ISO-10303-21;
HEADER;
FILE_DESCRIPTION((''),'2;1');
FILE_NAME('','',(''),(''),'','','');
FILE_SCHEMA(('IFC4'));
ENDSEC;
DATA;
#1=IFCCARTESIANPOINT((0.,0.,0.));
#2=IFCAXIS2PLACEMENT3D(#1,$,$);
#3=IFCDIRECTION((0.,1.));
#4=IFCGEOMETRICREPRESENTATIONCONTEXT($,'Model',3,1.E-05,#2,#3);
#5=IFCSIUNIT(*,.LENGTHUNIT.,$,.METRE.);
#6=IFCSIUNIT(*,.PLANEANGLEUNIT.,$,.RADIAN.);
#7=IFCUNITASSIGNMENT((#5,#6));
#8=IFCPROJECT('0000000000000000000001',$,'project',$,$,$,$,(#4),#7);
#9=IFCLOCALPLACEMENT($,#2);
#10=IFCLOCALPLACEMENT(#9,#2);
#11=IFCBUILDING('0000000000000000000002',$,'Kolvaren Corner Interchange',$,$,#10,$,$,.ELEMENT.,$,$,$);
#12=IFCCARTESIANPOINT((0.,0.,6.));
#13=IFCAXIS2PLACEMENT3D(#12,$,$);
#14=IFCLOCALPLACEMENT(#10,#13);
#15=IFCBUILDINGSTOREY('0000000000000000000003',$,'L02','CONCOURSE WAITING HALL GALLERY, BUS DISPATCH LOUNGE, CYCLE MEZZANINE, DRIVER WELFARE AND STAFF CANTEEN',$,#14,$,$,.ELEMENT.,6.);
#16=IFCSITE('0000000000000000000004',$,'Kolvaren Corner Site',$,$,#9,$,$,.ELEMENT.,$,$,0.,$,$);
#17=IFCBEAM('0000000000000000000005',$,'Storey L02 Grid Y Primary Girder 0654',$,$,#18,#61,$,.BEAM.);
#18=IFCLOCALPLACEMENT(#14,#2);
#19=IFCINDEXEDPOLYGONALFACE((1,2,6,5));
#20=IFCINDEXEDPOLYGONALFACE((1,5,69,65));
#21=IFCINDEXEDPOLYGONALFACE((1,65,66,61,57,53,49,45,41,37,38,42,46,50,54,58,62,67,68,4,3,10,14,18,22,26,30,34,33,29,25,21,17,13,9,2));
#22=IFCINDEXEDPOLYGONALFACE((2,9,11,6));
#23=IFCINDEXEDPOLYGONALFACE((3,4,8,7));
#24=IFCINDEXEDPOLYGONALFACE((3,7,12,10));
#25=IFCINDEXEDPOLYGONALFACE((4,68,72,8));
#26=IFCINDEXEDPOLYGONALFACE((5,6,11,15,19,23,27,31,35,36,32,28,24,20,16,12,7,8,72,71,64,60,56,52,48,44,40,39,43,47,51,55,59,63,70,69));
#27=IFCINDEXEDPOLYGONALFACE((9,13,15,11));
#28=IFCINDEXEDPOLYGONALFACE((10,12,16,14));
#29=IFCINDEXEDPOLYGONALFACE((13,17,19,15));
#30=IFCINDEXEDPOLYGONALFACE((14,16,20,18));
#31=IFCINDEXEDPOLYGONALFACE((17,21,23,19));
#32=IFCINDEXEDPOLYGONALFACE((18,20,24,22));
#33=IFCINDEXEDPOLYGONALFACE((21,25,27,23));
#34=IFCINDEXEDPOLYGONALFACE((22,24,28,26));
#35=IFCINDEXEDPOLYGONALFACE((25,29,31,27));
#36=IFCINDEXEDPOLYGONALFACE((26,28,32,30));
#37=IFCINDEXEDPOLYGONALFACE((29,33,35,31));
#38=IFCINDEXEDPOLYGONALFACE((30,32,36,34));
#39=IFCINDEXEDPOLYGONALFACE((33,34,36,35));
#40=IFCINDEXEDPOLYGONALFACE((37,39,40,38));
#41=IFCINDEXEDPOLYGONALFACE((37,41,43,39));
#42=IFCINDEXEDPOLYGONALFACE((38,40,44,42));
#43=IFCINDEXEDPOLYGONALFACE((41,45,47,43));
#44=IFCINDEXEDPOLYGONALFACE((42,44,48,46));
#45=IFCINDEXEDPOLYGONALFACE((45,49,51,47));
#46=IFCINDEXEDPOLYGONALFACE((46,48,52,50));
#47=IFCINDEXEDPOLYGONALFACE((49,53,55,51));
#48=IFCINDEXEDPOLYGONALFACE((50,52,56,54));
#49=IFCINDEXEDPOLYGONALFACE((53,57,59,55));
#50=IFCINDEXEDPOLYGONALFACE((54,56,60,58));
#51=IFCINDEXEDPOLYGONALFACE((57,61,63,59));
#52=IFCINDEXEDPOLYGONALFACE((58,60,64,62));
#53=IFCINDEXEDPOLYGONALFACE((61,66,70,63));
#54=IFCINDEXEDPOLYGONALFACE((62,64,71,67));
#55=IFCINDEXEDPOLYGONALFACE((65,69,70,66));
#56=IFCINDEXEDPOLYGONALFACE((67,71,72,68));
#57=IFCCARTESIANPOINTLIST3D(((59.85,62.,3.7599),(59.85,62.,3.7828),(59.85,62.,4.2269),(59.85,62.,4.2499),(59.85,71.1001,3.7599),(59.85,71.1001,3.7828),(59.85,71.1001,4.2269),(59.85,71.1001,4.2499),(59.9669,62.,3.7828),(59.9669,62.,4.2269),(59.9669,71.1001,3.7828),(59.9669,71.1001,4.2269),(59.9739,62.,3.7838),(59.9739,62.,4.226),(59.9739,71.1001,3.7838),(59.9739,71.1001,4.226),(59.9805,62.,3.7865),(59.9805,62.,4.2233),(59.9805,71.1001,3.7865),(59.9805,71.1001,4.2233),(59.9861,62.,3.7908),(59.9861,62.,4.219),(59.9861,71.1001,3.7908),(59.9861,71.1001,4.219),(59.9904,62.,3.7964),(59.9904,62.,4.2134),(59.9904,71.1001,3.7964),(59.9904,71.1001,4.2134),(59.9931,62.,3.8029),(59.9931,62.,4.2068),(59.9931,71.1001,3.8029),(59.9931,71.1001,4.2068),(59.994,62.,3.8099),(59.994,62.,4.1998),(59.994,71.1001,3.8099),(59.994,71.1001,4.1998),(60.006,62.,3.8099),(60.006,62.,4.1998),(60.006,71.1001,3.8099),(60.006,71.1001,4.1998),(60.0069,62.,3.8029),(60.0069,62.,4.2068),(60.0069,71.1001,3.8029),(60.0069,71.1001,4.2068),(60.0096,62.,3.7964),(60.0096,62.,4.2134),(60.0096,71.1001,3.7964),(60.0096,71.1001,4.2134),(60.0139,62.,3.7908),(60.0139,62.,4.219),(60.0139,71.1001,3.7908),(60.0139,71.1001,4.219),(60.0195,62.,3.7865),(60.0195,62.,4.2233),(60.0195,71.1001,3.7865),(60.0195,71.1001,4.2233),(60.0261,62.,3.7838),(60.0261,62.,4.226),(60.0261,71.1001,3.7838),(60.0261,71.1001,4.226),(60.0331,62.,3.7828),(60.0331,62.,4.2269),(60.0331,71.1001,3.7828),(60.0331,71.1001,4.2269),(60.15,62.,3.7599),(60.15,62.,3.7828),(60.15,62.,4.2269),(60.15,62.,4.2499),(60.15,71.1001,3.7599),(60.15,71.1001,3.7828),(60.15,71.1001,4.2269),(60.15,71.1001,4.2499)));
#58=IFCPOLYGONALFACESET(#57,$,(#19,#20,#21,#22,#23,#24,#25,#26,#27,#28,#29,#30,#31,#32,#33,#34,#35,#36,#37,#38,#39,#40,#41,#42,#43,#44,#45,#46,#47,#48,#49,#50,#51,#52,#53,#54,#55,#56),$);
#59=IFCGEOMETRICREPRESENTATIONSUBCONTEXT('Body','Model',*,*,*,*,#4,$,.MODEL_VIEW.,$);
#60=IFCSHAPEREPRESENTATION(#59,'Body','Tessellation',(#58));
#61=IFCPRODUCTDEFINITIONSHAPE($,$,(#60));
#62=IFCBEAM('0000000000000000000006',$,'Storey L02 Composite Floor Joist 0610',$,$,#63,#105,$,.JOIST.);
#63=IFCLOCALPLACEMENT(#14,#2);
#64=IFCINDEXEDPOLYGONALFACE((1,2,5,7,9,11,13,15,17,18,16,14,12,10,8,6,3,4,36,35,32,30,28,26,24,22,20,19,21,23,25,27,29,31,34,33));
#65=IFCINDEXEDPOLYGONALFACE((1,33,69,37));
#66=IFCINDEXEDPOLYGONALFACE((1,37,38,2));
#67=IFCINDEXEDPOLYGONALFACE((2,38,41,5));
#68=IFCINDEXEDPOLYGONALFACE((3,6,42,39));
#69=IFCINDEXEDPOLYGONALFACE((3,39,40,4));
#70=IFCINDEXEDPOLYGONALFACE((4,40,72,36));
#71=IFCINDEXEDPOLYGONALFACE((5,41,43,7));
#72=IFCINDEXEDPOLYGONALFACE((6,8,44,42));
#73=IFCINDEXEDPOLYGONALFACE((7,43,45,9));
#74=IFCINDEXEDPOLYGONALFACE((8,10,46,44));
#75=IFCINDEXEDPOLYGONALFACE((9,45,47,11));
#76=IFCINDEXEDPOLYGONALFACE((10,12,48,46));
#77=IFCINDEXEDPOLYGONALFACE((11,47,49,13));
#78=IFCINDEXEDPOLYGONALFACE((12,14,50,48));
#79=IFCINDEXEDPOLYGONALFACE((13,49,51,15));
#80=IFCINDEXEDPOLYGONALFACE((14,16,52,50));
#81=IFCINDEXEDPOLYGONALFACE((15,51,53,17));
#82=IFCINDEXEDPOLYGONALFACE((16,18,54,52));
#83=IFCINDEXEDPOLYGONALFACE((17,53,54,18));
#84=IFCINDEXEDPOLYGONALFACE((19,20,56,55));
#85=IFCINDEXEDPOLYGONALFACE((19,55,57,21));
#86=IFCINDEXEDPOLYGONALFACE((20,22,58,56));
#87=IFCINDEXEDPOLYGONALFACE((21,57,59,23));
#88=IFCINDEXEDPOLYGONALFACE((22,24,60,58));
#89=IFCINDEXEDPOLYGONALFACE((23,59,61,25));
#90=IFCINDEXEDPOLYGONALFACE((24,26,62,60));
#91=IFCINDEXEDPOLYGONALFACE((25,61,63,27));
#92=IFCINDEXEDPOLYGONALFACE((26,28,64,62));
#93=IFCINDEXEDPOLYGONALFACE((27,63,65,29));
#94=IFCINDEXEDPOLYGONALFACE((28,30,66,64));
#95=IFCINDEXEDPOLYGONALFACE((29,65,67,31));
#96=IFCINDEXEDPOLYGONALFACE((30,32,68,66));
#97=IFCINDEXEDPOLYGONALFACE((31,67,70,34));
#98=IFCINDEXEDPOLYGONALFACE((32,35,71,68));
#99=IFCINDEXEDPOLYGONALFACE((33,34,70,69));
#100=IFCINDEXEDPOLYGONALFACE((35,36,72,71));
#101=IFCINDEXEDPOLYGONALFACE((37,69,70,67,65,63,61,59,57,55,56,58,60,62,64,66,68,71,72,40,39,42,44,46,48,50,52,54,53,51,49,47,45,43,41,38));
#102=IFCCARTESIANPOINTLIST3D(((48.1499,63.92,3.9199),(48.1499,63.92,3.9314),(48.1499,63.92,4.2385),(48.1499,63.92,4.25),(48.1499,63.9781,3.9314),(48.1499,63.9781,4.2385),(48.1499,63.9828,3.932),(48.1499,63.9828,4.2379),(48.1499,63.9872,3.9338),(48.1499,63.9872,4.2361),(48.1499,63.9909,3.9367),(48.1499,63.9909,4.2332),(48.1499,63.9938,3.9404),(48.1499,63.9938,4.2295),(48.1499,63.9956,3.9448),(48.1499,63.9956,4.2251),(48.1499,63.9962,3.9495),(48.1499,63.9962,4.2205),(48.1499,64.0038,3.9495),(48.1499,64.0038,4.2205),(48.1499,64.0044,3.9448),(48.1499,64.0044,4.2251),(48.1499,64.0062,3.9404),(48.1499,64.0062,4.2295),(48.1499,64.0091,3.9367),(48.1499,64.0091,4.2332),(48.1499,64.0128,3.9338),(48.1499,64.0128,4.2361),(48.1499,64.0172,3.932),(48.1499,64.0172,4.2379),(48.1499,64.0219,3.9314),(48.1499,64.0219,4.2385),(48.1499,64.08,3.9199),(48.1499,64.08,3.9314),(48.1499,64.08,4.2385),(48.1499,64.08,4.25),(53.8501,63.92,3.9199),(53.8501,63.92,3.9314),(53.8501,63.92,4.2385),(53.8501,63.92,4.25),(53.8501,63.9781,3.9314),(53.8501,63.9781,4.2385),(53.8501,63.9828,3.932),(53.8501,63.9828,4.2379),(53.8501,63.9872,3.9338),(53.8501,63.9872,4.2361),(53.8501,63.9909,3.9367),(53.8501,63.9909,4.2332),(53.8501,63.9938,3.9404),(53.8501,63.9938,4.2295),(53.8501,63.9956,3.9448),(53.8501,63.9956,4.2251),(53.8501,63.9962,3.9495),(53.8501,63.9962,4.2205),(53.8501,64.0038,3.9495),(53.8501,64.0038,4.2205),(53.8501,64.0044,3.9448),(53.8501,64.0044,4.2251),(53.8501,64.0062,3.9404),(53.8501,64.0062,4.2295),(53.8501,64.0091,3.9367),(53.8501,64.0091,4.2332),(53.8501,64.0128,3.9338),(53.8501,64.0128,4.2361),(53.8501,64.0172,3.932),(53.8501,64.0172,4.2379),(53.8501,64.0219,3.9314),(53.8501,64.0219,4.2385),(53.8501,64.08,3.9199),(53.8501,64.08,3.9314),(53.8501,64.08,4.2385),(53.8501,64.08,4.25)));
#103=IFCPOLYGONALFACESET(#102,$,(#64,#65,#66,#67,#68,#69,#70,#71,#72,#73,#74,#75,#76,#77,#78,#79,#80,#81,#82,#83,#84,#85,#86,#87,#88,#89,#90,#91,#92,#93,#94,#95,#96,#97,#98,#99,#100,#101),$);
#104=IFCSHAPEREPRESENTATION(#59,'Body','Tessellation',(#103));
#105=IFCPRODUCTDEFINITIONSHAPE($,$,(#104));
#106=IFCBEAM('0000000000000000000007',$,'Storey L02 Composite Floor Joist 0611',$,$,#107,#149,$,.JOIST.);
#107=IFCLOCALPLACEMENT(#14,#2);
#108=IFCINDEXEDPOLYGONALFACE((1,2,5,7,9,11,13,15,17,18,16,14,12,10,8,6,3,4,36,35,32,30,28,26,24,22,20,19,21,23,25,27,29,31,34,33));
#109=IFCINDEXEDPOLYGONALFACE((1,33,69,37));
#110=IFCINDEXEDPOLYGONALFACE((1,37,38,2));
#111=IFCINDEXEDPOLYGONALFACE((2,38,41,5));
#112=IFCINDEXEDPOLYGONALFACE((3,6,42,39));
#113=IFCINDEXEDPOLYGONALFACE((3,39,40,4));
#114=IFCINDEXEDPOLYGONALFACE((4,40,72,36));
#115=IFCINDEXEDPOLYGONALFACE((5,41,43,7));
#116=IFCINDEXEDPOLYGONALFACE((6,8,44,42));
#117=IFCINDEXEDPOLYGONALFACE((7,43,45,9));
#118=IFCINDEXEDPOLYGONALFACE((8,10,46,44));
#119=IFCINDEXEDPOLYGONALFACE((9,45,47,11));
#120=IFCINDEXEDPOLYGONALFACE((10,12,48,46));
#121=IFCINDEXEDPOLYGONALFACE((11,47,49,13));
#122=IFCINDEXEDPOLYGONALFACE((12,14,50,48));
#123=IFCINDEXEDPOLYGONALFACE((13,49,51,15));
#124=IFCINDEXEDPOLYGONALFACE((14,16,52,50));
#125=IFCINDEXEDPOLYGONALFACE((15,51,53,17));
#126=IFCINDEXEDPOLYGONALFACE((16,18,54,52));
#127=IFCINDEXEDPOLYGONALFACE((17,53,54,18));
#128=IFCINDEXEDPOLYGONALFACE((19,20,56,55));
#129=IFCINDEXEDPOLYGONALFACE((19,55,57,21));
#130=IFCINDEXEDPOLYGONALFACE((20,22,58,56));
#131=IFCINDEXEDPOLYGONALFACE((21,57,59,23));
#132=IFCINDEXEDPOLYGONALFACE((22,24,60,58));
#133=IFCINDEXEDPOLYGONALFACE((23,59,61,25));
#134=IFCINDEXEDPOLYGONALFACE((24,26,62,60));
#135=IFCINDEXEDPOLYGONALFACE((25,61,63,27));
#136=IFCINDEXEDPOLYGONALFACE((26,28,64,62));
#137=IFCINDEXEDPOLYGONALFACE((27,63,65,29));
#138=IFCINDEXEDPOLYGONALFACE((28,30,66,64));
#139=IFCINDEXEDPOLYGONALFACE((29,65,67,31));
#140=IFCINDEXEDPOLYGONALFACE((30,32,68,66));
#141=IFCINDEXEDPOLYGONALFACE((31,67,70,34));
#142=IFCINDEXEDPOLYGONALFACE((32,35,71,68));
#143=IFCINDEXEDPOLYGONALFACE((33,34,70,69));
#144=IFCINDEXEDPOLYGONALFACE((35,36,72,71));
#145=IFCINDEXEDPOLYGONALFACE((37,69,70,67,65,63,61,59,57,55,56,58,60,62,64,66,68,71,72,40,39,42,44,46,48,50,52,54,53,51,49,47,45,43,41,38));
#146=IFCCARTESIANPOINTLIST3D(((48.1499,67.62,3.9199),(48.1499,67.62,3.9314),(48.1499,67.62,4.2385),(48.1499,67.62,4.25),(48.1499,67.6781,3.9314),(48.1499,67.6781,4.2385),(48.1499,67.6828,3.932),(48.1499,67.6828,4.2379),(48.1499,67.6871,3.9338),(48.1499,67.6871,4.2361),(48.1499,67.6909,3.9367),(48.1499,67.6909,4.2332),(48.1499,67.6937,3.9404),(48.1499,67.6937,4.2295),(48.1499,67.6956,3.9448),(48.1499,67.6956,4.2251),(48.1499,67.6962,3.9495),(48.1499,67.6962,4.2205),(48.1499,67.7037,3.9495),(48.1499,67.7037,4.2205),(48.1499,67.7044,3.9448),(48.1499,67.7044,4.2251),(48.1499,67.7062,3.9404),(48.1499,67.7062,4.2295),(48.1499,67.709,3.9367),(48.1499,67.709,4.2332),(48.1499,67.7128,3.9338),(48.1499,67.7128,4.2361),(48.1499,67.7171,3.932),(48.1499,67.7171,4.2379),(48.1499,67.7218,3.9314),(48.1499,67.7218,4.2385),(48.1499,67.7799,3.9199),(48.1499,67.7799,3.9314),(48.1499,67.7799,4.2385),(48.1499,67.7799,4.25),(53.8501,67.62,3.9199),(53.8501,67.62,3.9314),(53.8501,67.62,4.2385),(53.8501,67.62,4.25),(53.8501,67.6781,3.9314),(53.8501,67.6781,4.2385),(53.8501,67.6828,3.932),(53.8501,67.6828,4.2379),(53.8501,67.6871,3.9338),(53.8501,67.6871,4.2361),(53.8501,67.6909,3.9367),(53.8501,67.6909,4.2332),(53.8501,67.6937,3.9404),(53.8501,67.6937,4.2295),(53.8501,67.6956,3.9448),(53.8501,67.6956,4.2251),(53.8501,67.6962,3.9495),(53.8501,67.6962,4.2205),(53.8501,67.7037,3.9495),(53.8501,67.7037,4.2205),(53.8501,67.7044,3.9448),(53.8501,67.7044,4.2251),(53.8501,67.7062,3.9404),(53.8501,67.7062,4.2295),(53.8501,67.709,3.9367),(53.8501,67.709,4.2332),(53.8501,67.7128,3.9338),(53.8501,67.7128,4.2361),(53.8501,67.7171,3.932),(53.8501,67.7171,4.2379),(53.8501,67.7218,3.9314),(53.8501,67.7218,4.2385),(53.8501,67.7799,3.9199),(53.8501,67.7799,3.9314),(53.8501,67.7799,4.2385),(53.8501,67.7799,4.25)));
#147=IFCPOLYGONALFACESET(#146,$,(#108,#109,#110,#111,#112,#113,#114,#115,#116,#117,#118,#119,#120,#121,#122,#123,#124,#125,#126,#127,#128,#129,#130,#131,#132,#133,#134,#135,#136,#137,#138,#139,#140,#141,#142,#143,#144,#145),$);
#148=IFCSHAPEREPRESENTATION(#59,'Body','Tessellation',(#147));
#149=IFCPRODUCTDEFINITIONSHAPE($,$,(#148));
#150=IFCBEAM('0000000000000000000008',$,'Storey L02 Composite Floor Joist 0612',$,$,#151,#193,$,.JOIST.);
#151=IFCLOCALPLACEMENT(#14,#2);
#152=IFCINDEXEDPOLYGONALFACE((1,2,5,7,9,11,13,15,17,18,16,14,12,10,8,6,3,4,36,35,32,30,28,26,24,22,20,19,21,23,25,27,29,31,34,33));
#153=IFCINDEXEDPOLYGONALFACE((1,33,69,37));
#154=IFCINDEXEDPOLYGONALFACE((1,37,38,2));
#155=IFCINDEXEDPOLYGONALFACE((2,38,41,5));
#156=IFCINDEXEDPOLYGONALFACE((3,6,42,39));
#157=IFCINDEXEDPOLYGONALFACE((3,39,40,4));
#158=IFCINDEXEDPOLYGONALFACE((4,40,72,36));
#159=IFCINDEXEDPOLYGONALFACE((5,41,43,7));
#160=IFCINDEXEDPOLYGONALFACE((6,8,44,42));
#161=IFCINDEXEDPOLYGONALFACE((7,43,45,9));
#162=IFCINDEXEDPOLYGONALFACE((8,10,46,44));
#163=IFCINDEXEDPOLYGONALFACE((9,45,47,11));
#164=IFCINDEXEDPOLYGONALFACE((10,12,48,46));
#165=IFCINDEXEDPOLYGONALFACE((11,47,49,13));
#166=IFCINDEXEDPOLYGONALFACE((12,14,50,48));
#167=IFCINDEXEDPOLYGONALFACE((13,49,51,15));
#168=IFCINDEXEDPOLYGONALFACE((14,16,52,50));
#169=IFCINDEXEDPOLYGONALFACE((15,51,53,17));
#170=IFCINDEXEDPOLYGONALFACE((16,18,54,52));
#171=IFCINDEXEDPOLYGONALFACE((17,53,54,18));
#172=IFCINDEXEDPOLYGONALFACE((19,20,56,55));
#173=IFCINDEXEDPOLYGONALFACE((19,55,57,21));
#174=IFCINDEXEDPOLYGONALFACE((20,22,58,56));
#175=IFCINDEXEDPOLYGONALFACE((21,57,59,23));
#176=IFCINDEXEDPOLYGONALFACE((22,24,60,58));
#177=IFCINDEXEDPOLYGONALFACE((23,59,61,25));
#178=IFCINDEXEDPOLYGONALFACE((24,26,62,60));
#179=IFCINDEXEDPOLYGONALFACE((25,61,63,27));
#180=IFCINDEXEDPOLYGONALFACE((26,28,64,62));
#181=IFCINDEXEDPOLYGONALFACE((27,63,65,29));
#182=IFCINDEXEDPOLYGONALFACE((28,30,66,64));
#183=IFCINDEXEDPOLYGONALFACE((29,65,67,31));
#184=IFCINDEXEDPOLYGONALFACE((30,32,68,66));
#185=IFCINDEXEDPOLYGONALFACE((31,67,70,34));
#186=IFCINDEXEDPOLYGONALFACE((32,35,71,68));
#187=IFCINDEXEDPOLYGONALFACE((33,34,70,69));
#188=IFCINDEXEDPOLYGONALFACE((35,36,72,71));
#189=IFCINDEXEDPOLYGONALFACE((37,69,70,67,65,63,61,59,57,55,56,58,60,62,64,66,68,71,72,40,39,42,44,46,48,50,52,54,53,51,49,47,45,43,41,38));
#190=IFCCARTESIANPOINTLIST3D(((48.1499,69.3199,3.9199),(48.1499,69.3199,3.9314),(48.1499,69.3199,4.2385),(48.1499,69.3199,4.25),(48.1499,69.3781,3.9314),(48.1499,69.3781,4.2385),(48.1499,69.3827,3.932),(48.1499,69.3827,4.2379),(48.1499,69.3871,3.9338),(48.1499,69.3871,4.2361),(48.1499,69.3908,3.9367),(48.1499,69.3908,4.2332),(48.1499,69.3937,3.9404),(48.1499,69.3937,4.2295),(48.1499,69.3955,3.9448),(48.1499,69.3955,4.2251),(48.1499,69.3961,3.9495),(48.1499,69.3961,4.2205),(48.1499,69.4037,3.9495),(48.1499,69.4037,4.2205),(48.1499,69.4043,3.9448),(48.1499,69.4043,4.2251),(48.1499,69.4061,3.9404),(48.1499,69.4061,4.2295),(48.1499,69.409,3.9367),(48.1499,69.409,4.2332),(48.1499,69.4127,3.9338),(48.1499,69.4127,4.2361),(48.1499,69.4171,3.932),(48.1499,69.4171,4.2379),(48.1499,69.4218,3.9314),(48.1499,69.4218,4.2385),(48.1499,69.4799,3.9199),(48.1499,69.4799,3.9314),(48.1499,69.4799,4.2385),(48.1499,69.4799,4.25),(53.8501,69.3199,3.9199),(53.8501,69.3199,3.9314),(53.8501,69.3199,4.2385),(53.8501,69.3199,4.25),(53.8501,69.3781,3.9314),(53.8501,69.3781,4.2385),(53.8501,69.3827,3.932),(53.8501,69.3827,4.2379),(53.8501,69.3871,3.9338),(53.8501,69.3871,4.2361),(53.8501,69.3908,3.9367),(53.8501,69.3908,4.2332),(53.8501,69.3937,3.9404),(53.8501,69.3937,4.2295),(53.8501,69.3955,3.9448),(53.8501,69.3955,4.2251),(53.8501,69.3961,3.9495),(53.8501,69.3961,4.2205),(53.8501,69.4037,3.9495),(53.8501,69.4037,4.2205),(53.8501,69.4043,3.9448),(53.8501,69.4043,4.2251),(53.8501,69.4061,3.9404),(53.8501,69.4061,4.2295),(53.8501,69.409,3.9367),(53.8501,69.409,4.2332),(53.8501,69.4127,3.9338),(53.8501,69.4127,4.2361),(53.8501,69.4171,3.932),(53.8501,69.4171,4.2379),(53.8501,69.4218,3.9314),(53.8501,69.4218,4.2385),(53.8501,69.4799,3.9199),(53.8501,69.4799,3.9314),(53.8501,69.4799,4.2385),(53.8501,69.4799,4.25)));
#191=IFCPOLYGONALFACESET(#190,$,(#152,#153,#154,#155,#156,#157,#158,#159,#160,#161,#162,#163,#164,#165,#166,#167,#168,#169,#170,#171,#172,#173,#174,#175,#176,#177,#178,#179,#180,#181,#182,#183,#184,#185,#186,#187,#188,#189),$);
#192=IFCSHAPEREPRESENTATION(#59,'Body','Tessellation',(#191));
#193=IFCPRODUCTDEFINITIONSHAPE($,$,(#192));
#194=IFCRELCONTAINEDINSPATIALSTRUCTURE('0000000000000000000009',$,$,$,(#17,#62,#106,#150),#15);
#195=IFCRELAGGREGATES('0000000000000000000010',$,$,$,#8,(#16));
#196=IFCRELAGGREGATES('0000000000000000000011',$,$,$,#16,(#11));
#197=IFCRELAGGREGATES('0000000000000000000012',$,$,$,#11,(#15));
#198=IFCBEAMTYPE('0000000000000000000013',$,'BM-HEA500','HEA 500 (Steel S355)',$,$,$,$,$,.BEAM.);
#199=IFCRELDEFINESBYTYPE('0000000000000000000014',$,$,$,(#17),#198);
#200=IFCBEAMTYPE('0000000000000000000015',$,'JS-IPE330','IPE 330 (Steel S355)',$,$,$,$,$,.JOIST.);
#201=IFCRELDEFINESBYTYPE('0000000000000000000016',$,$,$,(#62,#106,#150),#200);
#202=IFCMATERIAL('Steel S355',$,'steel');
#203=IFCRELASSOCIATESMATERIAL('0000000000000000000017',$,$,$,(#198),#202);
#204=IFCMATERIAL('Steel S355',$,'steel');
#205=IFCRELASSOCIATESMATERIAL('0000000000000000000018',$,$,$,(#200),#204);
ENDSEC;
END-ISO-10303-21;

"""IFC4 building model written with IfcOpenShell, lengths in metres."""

from ifc_helpers import new_model, si_unit, direction, frame, origin, origin_2d, place, context, subcontext, project, spatial, i_section, extrude, material, material_profile, profile_set, type_object, element, save


model = new_model("IFC4")

# Units and contexts
model_context = context("Model", 3, precision=1e-05, world=origin(), true_north=direction((0.0, 1.0)))
body_context = subcontext(model_context, "Body", "Model", "MODEL_VIEW")
ifc_project = project(units=[si_unit("LENGTHUNIT", "METRE"), si_unit("PLANEANGLEUNIT", "RADIAN")], contexts=[model_context])

# Site, building, storey
site_placement = place(None, origin())
site = spatial("IfcSite", under=ifc_project, at=site_placement, Name="Kolvaren Corner Site", CompositionType="ELEMENT", RefElevation=0.0)
building_placement = place(site_placement, origin())
building = spatial("IfcBuilding", under=site, at=building_placement, Name="Kolvaren Corner Interchange", CompositionType="ELEMENT")
storey_placement = place(building_placement, frame((0.0, 0.0, 6.0)))
storey = spatial("IfcBuildingStorey", under=building, at=storey_placement, Name="L02", Description="CONCOURSE WAITING HALL GALLERY, BUS DISPATCH LOUNGE, CYCLE MEZZANINE, DRIVER WELFARE AND STAFF CANTEEN", CompositionType="ELEMENT", Elevation=6.0)

# Beams
ifc_material_1 = material(Name="Steel S355", Category="steel")
ifc_material_profile_1 = material_profile(ifc_material_1, i_section(OverallWidth=0.3, OverallDepth=0.49, WebThickness=0.012, FlangeThickness=0.0229, FilletRadius=0.0271, at=origin_2d()), Name="HEA 500")
ifc_profile_set_1 = profile_set([ifc_material_profile_1], Name="Steel S355")
beam_type_1 = type_object("IfcBeamType", Name="BM-HEA500", Description="HEA 500 (Steel S355)", PredefinedType="BEAM", material=ifc_profile_set_1)
beam_1_placement = place(storey_placement, frame((60.0, 62.0, 4.0049), z_axis=(0.0, 1.0, 0.0), x_axis=(-1.0, 0.0, 0.0)))
element("IfcBeam", 1, at=beam_1_placement, inside=storey, type_object=beam_type_1, Name="Storey L02 Grid Y Primary Girder 0654", PredefinedType="BEAM", context=body_context, shape_type="SweptSolid", body=[
    extrude(i_section(OverallWidth=0.3, OverallDepth=0.49, WebThickness=0.012, FlangeThickness=0.0229, FilletRadius=0.0271, at=origin_2d()), origin(), (0.0, 0.0, 1.0), 9.1001),
])
ifc_material_2 = material(Name="Steel S355", Category="steel")
ifc_material_profile_2 = material_profile(ifc_material_2, i_section(OverallWidth=0.1599, OverallDepth=0.3301, WebThickness=0.0076, FlangeThickness=0.0115, FilletRadius=0.0181, at=origin_2d()), Name="IPE 330")
ifc_profile_set_2 = profile_set([ifc_material_profile_2], Name="Steel S355")
beam_type_2 = type_object("IfcBeamType", Name="JS-IPE330", Description="IPE 330 (Steel S355)", PredefinedType="JOIST", material=ifc_profile_set_2)
for number, where, z_axis, x_axis, name in (
    (2, (48.1499, 64.0, 4.085), (1.0, 0.0, 0.0), (0.0, 1.0, 0.0), "Storey L02 Composite Floor Joist 0610"),
    (3, (48.1499, 67.7, 4.085), (1.0, 0.0, 0.0), (0.0, 1.0, 0.0), "Storey L02 Composite Floor Joist 0611"),
    (4, (48.1499, 69.3999, 4.085), (1.0, 0.0, 0.0), (0.0, 1.0, 0.0), "Storey L02 Composite Floor Joist 0612"),
):
    element("IfcBeam", number, at=place(storey_placement, frame(where, z_axis=z_axis, x_axis=x_axis)), inside=storey, type_object=beam_type_2, Name=name, PredefinedType="JOIST", context=body_context, shape_type="SweptSolid", body=[
        extrude(i_section(OverallWidth=0.1599, OverallDepth=0.3301, WebThickness=0.0076, FlangeThickness=0.0115, FilletRadius=0.0181, at=origin_2d()), origin(), (0.0, 0.0, 1.0), 5.7002),
    ])

save(model, "model.ifc")
